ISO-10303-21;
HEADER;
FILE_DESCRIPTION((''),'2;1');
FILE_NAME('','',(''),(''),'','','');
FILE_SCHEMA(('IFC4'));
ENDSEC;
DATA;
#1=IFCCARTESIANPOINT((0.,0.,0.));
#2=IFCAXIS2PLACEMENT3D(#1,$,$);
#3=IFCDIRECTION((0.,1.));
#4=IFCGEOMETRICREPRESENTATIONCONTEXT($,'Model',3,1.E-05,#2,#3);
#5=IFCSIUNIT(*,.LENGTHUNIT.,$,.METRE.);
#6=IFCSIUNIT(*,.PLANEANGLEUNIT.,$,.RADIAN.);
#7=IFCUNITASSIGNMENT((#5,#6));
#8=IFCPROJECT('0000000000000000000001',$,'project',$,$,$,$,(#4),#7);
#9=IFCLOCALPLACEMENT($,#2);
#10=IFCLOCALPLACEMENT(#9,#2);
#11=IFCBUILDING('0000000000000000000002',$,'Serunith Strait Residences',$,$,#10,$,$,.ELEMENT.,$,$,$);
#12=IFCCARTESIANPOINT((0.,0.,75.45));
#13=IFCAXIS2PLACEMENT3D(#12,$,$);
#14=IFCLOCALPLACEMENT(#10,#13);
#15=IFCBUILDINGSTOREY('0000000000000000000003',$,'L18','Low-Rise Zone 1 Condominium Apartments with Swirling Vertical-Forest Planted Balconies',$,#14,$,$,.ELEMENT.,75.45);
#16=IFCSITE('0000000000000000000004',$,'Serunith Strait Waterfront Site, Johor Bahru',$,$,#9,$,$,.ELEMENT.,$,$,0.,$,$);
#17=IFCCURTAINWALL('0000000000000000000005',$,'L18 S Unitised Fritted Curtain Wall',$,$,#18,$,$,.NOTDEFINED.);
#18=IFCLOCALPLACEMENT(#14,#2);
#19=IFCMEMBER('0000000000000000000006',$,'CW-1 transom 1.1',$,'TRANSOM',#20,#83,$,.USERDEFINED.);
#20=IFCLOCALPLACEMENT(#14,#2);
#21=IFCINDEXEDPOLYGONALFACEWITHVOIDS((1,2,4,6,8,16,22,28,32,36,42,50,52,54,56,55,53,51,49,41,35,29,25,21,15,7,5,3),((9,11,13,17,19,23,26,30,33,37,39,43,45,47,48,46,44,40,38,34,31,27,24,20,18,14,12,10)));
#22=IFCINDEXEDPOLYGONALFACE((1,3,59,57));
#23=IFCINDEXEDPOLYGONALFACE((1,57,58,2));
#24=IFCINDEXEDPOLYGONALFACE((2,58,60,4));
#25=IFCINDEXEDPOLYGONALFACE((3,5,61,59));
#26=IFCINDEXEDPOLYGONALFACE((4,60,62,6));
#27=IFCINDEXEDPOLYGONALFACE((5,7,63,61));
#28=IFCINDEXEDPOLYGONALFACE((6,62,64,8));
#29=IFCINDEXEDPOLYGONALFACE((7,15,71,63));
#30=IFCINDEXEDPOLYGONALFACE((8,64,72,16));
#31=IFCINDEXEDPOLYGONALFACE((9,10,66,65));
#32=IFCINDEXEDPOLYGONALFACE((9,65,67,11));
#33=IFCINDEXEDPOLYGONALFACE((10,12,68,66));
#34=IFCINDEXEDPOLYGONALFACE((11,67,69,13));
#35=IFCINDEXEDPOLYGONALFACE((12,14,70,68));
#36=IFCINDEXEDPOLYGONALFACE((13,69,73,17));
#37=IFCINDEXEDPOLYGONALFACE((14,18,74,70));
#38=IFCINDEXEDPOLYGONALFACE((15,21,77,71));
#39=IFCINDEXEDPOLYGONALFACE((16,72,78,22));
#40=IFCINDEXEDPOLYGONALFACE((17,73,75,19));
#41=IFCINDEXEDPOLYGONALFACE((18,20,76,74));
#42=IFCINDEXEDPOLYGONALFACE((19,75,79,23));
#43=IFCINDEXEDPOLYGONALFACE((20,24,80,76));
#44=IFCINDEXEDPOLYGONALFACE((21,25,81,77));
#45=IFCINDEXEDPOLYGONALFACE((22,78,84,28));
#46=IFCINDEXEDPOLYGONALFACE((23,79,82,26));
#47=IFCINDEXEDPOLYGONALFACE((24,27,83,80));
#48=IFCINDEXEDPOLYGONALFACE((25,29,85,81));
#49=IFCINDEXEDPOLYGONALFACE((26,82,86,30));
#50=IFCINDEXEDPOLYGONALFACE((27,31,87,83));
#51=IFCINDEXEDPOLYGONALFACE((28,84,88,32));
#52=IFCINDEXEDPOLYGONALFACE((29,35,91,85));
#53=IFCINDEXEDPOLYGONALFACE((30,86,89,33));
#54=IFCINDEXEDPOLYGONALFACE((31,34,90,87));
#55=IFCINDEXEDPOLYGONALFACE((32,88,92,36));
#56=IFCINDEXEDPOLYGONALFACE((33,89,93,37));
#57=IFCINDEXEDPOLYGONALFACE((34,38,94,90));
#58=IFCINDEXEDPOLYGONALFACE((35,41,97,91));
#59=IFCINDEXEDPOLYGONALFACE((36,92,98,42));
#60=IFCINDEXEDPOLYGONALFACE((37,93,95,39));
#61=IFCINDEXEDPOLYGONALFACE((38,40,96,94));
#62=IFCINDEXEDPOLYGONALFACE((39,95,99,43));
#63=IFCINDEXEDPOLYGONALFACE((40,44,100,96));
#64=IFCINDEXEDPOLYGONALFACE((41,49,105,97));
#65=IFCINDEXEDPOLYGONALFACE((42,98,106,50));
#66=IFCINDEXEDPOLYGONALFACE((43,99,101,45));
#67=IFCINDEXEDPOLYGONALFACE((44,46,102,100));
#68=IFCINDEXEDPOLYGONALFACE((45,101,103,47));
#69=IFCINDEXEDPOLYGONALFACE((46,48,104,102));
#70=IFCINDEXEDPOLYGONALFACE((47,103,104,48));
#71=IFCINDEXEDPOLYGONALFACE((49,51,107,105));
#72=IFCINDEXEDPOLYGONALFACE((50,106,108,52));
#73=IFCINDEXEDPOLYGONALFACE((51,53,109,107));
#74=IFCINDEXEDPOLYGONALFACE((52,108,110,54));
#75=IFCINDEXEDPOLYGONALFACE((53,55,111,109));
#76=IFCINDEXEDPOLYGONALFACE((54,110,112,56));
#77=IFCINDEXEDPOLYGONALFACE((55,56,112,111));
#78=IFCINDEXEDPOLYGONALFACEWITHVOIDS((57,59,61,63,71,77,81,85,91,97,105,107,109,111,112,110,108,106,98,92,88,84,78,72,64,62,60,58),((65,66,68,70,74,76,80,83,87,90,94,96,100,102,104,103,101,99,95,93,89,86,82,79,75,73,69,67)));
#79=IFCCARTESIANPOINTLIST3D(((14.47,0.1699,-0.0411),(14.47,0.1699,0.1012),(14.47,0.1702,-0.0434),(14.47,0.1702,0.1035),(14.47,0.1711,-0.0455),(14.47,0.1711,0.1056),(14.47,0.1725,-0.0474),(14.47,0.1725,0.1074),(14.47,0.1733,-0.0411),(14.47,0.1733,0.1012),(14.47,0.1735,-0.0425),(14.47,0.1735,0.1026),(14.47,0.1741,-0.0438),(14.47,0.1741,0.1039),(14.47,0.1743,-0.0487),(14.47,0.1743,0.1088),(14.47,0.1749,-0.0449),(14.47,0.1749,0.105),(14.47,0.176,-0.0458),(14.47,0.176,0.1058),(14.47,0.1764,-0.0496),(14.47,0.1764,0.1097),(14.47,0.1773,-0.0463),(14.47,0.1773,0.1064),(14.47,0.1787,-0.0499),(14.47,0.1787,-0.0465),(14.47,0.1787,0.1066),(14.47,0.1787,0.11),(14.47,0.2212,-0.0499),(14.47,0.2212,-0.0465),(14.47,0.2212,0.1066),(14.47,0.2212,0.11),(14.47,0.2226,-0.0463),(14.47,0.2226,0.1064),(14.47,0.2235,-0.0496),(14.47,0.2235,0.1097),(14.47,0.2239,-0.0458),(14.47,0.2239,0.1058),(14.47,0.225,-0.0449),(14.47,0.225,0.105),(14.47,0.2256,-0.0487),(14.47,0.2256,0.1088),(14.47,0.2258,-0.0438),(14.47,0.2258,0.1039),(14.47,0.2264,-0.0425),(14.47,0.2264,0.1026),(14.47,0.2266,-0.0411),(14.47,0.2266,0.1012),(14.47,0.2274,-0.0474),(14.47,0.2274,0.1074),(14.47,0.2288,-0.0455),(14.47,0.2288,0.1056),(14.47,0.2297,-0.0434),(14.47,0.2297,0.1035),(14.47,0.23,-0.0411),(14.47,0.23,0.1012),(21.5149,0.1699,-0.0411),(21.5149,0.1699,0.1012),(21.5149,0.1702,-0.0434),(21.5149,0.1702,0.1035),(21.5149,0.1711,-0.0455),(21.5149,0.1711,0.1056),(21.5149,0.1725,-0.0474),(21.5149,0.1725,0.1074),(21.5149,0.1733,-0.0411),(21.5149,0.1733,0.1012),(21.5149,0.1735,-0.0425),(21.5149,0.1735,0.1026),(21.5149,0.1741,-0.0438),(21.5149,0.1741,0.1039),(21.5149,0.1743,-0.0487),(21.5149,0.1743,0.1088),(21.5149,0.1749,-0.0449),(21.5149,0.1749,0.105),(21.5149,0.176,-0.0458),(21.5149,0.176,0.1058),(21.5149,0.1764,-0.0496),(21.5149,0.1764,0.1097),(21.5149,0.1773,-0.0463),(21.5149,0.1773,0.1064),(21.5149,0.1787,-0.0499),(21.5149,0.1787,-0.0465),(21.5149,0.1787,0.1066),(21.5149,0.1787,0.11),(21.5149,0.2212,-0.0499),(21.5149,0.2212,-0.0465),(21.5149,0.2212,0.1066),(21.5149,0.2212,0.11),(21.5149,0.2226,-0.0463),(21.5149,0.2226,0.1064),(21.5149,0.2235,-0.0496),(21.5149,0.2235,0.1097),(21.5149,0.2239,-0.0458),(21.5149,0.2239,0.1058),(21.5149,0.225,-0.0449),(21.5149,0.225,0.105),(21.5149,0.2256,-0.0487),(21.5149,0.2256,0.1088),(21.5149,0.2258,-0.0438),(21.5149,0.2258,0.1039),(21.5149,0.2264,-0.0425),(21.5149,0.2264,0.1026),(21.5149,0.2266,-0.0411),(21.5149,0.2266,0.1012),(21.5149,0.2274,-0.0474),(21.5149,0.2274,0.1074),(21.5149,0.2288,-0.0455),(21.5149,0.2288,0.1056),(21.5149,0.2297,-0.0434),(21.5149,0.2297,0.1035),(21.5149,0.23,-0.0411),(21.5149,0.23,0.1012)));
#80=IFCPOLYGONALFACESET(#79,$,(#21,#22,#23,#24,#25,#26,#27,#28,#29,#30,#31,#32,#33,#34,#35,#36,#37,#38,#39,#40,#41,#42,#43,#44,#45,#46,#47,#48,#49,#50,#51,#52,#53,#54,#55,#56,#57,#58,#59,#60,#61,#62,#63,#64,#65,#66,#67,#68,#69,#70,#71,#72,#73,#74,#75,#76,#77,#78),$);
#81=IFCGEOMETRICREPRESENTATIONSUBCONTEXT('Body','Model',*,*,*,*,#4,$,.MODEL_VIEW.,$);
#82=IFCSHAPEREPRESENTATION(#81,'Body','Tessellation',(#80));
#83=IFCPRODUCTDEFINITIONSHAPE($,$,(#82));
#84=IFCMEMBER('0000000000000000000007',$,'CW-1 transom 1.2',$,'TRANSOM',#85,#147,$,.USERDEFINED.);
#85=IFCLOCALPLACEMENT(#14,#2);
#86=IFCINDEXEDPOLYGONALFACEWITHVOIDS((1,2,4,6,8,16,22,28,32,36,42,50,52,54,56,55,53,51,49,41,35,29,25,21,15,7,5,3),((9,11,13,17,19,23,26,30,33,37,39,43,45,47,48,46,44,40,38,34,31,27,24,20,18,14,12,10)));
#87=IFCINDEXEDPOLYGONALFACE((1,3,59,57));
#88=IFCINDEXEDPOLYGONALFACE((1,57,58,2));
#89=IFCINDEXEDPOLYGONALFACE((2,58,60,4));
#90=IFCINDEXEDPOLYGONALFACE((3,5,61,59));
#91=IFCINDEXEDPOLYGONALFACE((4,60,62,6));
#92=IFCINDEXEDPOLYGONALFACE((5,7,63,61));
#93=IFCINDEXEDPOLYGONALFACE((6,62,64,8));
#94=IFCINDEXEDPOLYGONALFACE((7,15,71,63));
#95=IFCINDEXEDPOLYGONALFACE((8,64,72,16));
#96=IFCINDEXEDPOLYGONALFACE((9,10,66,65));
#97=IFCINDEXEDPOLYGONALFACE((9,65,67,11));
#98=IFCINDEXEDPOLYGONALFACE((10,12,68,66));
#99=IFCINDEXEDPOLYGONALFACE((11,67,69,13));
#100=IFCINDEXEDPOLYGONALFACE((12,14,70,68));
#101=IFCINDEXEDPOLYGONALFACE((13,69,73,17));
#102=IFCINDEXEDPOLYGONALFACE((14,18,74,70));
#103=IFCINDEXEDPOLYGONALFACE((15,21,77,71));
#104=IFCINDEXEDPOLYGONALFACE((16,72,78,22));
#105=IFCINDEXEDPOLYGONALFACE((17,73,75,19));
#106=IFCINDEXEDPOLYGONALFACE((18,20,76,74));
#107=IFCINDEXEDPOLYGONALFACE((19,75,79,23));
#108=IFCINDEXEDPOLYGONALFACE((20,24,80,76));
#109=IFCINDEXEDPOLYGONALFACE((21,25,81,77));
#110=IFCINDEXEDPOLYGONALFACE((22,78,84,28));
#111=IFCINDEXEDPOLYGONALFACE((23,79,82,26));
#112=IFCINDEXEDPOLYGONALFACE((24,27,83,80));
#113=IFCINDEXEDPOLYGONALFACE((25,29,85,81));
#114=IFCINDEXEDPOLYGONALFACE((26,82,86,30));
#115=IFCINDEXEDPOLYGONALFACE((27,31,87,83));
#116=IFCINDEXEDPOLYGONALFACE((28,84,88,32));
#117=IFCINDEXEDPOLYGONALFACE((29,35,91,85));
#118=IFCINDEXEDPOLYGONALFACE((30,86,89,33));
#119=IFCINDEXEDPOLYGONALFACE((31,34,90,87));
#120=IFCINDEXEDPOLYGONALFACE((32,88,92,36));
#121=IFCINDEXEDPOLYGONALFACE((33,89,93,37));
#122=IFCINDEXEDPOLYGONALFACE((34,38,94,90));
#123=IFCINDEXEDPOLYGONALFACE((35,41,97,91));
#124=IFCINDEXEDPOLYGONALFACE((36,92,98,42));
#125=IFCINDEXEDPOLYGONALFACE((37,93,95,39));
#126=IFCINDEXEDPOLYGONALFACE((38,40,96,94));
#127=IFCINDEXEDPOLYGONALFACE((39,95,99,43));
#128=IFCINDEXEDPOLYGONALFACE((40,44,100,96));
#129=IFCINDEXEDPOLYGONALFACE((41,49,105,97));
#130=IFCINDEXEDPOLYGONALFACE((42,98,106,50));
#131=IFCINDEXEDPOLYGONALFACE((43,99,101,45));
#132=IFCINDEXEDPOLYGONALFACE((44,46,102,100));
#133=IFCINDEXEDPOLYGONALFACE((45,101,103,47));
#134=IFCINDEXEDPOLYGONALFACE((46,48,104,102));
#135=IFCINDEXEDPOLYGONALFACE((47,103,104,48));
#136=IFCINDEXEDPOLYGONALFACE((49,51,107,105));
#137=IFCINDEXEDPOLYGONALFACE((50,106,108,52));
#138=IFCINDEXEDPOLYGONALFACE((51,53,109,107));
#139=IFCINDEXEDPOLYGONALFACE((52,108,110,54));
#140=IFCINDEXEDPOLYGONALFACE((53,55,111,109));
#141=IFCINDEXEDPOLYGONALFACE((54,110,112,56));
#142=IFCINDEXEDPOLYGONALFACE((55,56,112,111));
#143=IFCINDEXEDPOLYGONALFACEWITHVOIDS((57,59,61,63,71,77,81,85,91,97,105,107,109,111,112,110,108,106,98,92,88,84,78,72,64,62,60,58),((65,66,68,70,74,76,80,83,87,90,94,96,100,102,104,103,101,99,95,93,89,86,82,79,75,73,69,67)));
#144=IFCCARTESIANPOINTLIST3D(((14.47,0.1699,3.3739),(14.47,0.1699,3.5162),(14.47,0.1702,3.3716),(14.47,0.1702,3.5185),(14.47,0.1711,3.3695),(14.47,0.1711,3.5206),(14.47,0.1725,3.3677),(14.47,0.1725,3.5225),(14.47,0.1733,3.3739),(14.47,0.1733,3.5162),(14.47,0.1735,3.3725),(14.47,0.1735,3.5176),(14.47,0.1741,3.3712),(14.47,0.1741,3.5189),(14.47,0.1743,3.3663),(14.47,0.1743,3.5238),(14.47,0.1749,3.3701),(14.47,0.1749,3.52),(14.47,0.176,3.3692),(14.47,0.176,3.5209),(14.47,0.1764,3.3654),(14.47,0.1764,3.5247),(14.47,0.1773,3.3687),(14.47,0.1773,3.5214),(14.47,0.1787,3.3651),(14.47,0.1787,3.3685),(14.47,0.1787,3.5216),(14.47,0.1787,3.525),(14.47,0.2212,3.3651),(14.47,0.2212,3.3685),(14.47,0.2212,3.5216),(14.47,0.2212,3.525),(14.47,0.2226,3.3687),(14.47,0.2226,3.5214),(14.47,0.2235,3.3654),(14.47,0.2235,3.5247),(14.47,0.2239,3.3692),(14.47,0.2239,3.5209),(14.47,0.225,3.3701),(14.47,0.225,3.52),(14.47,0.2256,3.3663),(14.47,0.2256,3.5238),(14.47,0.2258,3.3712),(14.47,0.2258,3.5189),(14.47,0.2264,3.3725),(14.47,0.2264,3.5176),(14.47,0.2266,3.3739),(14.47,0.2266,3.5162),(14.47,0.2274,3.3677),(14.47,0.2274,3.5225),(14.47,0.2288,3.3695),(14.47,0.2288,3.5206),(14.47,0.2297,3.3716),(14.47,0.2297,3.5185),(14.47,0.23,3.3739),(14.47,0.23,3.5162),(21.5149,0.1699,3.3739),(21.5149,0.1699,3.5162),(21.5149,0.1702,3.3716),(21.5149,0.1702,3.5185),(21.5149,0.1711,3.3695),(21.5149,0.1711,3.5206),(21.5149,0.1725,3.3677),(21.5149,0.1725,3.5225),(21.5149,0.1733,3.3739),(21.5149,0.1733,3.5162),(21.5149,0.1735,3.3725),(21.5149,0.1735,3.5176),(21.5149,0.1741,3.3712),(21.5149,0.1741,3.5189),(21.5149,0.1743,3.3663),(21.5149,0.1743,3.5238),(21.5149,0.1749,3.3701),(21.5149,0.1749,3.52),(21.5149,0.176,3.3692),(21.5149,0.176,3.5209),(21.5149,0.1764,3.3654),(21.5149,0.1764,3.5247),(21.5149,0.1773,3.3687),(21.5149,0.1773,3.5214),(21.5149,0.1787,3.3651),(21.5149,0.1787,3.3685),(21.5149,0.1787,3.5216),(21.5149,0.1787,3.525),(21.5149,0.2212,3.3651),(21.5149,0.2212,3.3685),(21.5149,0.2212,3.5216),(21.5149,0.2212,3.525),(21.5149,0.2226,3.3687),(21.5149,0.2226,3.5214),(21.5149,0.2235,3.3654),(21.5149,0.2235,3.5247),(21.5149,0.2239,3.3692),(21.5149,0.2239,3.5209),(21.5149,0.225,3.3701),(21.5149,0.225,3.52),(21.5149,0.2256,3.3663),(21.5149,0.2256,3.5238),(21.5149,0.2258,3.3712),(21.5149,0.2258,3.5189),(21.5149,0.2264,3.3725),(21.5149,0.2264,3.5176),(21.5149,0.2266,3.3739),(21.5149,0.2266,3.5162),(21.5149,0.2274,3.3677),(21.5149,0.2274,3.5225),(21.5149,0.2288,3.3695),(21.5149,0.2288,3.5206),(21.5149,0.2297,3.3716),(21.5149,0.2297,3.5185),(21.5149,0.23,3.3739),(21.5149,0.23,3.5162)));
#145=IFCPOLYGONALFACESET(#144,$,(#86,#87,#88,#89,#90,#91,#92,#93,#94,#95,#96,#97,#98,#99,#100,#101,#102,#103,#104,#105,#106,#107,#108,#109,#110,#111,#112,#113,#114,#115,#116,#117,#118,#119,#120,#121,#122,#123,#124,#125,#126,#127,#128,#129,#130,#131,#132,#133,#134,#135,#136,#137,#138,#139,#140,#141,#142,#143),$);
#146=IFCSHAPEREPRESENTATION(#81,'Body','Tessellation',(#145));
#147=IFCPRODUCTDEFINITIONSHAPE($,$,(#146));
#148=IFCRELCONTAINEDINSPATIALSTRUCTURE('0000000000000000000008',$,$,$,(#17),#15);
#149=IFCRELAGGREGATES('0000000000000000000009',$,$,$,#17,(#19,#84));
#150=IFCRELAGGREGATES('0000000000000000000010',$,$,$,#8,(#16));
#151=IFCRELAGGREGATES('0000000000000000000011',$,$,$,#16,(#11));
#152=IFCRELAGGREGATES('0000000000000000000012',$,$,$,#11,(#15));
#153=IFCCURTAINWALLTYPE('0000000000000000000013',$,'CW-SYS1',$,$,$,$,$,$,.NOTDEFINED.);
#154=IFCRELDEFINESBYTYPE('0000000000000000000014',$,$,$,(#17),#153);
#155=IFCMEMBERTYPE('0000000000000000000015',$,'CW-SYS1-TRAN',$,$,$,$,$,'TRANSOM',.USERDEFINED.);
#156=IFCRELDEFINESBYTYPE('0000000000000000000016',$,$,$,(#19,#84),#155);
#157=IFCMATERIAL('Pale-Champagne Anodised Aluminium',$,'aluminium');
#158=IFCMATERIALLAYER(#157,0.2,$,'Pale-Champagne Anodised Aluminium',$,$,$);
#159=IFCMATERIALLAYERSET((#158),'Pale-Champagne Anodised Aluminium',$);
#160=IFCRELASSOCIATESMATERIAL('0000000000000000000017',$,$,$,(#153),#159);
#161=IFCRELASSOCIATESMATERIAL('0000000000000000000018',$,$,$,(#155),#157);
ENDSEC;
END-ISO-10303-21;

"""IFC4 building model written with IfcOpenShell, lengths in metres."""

from ifc_helpers import new_model, si_unit, direction, frame, origin, origin_2d, place, context, subcontext, project, spatial, hollow_rectangle, extrude, source, transform, mapped, material, layer, layer_set, material_profile, profile_set, type_object, element, aggregate, save


model = new_model("IFC4")

# Units and contexts
model_context = context("Model", 3, precision=1e-05, world=origin(), true_north=direction((0.0, 1.0)))
body_context = subcontext(model_context, "Body", "Model", "MODEL_VIEW")
ifc_project = project(units=[si_unit("LENGTHUNIT", "METRE"), si_unit("PLANEANGLEUNIT", "RADIAN")], contexts=[model_context])

# Site, building, storey
site_placement = place(None, origin())
site = spatial("IfcSite", under=ifc_project, at=site_placement, Name="Serunith Strait Waterfront Site, Johor Bahru", CompositionType="ELEMENT", RefElevation=0.0)
building_placement = place(site_placement, origin())
building = spatial("IfcBuilding", under=site, at=building_placement, Name="Serunith Strait Residences", CompositionType="ELEMENT")
storey_placement = place(building_placement, frame((0.0, 0.0, 75.45)))
storey = spatial("IfcBuildingStorey", under=building, at=storey_placement, Name="L18", Description="Low-Rise Zone 1 Condominium Apartments with Swirling Vertical-Forest Planted Balconies", CompositionType="ELEMENT", Elevation=75.45)

# Curtain wall
ifc_material_1 = material(Name="Pale-Champagne Anodised Aluminium", Category="aluminium")
ifc_layer_1 = layer(ifc_material_1, 0.2, Name="Pale-Champagne Anodised Aluminium")
ifc_layer_set_1 = layer_set([ifc_layer_1], Name="Pale-Champagne Anodised Aluminium")
curtain_wall_type = type_object("IfcCurtainWallType", Name="CW-SYS1", PredefinedType="NOTDEFINED", material=ifc_layer_set_1)
curtain_wall_1_placement = place(storey_placement, origin())
curtain_wall_1 = element("IfcCurtainWall", 1, at=curtain_wall_1_placement, inside=storey, type_object=curtain_wall_type, Name="L18 S Unitised Fritted Curtain Wall", PredefinedType="NOTDEFINED")

# Members
ifc_material_profile_1 = material_profile(ifc_material_1, hollow_rectangle(XDim=0.0601, YDim=0.1599, WallThickness=0.0034, InnerFilletRadius=0.0054, OuterFilletRadius=0.0088, at=origin_2d()), Name="ALU 160x60x3.5")
ifc_profile_set_1 = profile_set([ifc_material_profile_1], Name="Pale-Champagne Anodised Aluminium")
member_type_1 = type_object("IfcMemberType", Name="CW-SYS1-TRAN", ElementType="TRANSOM", PredefinedType="USERDEFINED", material=ifc_profile_set_1)
shared_shape_1 = source(origin(), body_context, "Body", "SweptSolid", [
    extrude(hollow_rectangle(XDim=0.0601, YDim=0.1599, WallThickness=0.0034, InnerFilletRadius=0.0054, OuterFilletRadius=0.0088, at=origin_2d()), origin(), (0.0, 0.0, 1.0), 7.0449),
])
member_1_placement = place(storey_placement, frame((14.47, 0.2, 0.03), z_axis=(1.0, 0.0, 0.0), x_axis=(0.0, 1.0, 0.0)))
member_1 = element("IfcMember", 2, at=member_1_placement, type_object=member_type_1, Name="CW-1 transom 1.1", ObjectType="TRANSOM", PredefinedType="USERDEFINED", context=body_context, shape_type="MappedRepresentation", body=[
    mapped(shared_shape_1, transform((0.0, 0.0, 0.0), scale=1.0)),
])
member_2_placement = place(storey_placement, frame((14.47, 0.2, 3.4451), z_axis=(1.0, 0.0, 0.0), x_axis=(0.0, 1.0, 0.0)))
member_2 = element("IfcMember", 3, at=member_2_placement, type_object=member_type_1, Name="CW-1 transom 1.2", ObjectType="TRANSOM", PredefinedType="USERDEFINED", context=body_context, shape_type="MappedRepresentation", body=[
    mapped(shared_shape_1, transform((0.0, 0.0, 0.0), scale=1.0)),
])
aggregate(curtain_wall_1, [member_1, member_2])

save(model, "model.ifc")
